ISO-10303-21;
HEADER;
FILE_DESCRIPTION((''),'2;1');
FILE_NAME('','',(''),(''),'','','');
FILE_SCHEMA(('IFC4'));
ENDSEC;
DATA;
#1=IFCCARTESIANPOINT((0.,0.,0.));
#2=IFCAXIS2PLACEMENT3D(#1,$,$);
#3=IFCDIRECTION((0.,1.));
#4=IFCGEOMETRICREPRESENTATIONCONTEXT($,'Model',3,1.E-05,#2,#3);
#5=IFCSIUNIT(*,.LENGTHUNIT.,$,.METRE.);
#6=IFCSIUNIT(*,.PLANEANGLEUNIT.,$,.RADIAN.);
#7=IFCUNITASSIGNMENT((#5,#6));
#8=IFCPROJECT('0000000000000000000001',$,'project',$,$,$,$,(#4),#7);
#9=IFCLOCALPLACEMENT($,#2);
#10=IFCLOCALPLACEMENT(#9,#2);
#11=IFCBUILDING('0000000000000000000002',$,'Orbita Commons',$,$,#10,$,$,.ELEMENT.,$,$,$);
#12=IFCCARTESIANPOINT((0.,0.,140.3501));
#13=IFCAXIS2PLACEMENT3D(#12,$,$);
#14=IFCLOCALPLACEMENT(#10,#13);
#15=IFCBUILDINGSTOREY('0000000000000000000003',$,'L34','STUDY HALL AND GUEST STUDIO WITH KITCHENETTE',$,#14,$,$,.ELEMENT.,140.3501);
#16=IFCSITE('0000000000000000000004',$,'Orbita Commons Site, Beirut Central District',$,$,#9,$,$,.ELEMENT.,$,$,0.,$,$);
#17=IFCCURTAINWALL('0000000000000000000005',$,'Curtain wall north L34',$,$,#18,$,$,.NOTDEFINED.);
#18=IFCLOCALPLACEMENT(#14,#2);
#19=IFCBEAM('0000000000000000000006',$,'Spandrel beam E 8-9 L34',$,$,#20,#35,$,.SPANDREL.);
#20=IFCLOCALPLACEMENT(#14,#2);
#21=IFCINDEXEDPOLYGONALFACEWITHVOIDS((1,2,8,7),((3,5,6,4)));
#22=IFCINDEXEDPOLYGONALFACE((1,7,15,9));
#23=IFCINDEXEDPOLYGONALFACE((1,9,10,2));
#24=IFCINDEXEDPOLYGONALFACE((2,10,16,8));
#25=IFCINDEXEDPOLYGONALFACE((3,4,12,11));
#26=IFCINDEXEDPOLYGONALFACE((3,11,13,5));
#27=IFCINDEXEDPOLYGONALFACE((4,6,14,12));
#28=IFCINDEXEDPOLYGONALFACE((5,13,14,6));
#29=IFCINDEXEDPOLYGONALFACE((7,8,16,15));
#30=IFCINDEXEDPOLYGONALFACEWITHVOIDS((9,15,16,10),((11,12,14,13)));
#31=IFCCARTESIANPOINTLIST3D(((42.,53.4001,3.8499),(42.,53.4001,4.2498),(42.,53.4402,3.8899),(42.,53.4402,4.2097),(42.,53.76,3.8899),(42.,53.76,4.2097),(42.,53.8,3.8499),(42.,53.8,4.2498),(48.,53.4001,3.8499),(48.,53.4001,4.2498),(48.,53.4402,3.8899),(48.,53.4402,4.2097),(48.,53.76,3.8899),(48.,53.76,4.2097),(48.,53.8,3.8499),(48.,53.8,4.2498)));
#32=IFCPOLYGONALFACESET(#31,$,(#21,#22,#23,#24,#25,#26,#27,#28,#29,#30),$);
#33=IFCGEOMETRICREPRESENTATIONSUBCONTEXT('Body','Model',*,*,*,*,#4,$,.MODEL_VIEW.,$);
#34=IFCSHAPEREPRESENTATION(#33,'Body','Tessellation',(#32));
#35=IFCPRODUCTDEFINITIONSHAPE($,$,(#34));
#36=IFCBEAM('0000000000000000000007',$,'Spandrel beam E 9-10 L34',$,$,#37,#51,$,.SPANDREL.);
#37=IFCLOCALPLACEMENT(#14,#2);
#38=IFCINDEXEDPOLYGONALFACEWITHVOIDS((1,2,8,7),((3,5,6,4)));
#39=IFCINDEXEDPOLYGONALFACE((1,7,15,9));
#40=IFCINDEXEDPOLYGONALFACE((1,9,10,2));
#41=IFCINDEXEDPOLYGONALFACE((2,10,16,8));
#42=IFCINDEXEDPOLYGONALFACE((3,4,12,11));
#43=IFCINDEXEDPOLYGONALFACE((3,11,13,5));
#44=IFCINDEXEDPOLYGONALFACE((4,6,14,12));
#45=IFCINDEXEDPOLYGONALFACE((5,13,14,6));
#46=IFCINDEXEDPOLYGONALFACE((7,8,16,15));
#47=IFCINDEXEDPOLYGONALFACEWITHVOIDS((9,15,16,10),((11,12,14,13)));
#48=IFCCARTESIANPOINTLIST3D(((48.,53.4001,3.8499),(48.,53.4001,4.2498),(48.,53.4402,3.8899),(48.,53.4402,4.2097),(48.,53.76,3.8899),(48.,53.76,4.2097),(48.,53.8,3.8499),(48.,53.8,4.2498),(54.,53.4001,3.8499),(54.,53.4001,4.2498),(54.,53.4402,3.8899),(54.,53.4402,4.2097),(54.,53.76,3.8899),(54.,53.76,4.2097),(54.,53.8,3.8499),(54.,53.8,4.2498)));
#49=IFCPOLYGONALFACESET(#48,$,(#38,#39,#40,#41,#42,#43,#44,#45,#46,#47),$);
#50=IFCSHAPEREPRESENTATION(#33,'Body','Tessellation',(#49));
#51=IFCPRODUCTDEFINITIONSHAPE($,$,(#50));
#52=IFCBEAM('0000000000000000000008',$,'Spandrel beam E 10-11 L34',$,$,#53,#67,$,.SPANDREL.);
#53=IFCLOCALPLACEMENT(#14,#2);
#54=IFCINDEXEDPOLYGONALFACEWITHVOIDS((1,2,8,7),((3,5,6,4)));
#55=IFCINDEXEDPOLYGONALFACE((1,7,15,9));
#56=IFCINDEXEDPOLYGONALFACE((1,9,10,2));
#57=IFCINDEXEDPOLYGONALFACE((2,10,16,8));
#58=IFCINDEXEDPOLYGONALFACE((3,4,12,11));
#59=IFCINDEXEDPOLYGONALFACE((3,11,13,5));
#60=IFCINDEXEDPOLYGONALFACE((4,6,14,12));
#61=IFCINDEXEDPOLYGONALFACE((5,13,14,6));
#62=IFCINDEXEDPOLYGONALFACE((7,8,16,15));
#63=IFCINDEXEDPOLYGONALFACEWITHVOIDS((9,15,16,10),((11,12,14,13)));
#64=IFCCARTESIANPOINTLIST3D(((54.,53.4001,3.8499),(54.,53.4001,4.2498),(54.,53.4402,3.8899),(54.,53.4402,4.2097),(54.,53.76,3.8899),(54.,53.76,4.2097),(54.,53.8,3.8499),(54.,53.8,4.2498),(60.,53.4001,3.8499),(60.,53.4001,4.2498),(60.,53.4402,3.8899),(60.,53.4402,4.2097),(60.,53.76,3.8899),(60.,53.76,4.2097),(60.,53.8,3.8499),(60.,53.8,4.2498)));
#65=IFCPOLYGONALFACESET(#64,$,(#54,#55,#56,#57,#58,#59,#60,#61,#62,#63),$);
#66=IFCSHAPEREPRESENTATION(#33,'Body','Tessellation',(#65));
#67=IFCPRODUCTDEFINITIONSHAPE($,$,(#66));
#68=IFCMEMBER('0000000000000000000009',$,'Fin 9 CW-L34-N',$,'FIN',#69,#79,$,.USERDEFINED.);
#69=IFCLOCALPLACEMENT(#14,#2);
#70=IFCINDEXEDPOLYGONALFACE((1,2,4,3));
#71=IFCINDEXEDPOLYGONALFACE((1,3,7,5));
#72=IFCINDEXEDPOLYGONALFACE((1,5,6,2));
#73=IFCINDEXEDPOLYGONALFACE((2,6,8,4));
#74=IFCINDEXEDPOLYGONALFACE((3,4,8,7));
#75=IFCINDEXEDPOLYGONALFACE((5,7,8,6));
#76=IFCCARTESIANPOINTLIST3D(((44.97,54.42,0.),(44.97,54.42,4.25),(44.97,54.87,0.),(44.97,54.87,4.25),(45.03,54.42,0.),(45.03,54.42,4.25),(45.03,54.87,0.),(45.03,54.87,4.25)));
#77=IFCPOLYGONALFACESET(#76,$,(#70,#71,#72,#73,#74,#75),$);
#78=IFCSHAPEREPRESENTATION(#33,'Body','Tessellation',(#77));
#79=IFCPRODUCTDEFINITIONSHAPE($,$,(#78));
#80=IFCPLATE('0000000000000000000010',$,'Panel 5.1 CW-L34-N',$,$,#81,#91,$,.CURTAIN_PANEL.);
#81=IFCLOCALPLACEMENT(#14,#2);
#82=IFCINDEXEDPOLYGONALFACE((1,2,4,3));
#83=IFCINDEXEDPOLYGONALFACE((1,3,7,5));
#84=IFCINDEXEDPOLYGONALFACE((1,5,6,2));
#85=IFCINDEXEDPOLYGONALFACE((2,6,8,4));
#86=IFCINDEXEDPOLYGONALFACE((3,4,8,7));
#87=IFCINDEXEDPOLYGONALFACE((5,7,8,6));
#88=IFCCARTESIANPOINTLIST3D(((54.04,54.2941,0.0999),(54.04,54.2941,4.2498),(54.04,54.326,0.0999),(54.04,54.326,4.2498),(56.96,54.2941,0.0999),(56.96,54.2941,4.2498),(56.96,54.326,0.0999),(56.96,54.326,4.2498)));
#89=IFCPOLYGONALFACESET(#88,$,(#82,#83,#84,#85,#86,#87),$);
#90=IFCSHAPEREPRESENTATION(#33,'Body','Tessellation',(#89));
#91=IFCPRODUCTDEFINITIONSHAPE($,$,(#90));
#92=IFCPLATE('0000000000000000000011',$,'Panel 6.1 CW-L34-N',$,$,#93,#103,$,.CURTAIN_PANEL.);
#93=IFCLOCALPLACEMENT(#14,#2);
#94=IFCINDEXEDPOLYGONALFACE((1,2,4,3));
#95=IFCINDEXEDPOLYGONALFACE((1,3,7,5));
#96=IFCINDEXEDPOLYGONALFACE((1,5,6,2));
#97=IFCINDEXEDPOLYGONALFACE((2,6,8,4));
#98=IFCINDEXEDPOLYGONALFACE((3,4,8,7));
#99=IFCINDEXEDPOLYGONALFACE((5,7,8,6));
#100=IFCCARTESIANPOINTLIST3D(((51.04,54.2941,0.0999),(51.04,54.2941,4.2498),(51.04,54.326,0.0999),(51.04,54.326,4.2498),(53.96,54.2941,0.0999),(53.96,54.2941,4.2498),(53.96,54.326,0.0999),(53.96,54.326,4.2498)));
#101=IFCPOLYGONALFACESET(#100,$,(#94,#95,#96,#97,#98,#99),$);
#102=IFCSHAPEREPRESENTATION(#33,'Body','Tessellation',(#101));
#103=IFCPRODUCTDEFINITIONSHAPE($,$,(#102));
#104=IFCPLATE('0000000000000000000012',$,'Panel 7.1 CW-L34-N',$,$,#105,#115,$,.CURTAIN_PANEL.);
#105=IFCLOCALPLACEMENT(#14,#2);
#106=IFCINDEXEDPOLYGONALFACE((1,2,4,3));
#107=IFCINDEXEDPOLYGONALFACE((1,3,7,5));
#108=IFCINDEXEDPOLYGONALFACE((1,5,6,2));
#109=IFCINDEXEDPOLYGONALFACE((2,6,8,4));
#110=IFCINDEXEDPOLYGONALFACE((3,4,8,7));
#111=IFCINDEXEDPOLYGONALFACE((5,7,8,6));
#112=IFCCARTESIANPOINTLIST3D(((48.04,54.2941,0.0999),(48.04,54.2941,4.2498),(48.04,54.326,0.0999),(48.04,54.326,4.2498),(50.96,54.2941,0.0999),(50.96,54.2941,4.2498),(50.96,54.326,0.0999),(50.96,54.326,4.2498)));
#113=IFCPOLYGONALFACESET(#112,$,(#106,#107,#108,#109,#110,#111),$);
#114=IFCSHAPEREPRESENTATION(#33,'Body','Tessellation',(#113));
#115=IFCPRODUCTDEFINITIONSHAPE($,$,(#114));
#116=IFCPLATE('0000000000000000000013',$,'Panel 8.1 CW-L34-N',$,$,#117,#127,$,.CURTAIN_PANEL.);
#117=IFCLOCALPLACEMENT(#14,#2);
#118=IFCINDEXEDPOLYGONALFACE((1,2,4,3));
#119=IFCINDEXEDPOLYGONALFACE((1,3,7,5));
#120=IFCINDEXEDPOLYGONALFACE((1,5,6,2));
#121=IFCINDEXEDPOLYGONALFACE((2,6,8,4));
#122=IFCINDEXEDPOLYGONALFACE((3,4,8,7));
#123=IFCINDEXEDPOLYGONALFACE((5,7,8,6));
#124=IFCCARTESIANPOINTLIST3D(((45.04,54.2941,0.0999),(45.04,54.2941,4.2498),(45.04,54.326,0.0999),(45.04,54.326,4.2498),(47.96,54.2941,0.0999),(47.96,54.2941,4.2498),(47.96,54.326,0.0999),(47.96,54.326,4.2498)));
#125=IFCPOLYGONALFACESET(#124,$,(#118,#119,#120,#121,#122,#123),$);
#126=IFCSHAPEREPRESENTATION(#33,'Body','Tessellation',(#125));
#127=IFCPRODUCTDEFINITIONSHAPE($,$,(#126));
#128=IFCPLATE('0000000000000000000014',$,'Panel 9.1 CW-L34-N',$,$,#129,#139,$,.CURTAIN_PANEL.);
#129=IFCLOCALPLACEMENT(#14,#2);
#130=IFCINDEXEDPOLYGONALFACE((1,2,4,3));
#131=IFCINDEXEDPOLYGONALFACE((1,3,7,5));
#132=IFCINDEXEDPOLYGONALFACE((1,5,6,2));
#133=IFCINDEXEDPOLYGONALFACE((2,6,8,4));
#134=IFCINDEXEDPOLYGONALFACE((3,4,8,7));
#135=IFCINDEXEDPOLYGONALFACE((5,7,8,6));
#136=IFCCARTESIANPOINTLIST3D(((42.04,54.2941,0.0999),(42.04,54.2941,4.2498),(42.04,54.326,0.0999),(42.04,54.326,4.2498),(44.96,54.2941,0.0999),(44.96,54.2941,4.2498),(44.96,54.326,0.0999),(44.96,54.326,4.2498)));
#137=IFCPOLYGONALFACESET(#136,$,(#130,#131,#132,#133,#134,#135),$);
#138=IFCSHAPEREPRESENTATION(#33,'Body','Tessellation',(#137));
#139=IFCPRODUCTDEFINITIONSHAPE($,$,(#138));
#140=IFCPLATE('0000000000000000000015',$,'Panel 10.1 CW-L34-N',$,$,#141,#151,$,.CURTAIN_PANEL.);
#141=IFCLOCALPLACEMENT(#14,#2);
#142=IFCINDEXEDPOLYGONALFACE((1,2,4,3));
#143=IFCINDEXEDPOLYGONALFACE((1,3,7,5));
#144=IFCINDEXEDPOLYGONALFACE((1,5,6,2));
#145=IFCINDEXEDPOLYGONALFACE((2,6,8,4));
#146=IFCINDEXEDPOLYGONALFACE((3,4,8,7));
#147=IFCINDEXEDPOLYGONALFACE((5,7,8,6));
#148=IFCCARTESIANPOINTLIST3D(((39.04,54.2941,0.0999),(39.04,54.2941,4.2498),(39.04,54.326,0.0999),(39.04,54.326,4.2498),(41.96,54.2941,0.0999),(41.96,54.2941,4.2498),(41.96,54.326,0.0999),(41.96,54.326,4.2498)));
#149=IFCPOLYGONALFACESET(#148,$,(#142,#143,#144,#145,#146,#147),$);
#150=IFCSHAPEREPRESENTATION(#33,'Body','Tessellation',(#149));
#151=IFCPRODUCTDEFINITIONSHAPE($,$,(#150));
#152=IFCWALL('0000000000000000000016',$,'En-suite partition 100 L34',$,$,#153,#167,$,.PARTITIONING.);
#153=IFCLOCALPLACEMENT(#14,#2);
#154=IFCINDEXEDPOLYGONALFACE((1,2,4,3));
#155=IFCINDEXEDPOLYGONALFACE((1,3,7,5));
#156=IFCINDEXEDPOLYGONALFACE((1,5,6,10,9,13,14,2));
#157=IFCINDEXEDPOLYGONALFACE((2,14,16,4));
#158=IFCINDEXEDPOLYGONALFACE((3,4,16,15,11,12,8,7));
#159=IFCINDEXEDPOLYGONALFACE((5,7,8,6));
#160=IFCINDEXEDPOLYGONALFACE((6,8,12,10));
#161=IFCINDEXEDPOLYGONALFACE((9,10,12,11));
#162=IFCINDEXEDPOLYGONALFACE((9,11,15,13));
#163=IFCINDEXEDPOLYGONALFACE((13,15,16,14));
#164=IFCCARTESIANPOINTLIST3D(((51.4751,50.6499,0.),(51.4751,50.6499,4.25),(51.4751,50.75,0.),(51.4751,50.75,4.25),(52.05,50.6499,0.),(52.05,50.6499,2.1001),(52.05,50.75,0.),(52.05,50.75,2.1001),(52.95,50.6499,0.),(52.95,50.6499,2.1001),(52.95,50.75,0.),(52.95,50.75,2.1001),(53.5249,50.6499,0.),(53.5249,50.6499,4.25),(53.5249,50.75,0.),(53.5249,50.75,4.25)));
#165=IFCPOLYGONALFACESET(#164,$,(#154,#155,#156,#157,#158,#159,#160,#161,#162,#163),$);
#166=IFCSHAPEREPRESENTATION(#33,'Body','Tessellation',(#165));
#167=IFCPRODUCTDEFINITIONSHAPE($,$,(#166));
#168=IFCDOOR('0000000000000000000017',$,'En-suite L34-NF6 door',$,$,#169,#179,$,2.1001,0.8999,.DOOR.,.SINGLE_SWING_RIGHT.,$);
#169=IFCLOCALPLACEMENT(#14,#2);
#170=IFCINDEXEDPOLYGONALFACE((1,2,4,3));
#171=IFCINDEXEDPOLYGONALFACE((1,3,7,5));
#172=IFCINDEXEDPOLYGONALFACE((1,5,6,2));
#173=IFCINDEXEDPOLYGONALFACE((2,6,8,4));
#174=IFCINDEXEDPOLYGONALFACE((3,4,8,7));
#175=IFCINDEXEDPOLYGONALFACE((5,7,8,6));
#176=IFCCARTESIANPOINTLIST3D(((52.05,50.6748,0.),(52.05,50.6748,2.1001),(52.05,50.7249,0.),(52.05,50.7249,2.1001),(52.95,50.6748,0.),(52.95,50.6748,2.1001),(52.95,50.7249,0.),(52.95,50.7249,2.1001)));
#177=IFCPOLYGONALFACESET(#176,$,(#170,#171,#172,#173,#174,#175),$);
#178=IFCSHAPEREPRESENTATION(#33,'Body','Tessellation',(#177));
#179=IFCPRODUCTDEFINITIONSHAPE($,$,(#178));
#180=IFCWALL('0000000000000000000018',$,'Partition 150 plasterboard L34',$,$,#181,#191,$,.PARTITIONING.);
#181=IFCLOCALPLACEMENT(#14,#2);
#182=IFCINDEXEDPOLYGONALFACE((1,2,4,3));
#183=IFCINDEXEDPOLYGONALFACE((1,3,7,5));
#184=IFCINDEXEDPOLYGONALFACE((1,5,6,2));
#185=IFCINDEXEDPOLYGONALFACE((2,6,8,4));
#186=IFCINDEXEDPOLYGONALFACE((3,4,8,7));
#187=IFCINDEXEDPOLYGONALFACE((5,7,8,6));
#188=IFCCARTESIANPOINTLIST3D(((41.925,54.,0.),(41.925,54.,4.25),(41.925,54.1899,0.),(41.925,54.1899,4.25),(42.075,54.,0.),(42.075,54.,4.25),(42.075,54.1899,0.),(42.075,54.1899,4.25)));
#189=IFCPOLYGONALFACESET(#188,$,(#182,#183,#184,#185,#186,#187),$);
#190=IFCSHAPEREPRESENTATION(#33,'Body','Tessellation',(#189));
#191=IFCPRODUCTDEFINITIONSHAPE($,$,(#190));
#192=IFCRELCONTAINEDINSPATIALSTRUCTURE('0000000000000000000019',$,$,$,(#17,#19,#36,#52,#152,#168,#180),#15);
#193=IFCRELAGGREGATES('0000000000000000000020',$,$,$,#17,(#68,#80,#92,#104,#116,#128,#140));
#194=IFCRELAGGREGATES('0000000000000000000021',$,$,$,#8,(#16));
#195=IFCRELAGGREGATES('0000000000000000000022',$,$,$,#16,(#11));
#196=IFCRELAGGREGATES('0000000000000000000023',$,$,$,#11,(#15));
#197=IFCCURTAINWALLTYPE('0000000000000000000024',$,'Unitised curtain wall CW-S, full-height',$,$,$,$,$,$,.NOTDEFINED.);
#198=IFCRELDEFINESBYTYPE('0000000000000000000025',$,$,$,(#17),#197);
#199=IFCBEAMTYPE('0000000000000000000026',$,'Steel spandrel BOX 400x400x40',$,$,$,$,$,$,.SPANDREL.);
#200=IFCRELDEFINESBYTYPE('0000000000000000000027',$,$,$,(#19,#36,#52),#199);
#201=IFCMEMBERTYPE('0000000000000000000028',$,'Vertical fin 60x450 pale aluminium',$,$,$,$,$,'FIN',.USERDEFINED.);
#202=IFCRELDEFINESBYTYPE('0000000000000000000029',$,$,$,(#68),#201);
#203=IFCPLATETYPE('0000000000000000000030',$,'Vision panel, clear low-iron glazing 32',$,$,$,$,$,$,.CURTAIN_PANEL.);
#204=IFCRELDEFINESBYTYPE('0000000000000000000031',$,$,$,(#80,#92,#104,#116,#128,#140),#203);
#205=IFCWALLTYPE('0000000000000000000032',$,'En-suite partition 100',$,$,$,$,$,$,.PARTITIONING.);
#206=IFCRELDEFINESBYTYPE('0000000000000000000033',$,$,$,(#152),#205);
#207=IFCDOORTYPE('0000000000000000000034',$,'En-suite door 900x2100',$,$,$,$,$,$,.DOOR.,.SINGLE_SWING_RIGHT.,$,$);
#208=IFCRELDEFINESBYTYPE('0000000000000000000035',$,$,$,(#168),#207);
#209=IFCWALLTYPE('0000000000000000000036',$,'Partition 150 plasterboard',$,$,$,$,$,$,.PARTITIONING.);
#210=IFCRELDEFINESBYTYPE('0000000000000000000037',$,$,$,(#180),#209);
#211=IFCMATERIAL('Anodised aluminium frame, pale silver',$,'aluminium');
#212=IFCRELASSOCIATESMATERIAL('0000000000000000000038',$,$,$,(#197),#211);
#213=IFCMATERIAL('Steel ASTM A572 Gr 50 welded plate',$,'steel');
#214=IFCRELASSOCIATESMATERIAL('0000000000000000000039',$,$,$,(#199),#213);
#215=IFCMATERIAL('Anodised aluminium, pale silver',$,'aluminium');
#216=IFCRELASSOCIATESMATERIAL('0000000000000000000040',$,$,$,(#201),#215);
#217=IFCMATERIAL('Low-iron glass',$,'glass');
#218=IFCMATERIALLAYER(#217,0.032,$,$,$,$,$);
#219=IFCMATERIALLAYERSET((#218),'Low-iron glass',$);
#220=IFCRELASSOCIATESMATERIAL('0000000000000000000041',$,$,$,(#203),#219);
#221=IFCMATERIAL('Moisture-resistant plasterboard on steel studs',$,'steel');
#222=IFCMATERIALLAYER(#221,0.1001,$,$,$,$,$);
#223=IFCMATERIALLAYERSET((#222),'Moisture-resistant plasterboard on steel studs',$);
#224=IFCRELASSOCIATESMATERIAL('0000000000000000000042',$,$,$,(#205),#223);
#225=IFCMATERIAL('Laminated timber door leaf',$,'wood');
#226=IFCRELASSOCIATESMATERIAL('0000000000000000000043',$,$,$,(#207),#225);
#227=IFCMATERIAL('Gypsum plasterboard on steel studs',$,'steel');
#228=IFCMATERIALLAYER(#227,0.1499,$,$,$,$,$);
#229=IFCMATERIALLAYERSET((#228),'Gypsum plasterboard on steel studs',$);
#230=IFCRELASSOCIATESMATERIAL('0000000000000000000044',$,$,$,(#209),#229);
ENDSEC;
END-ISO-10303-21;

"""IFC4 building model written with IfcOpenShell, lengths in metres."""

from ifc_helpers import new_model, si_unit, direction, frame, frame_2d, origin, origin_2d, place, context, subcontext, project, spatial, rectangle, hollow_rectangle, extrude, material, layer, layer_set, material_profile, profile_set, type_object, element, fill, aggregate, save


model = new_model("IFC4")

# Units and contexts
model_context = context("Model", 3, precision=1e-05, world=origin(), true_north=direction((0.0, 1.0)))
body_context = subcontext(model_context, "Body", "Model", "MODEL_VIEW")
ifc_project = project(units=[si_unit("LENGTHUNIT", "METRE"), si_unit("PLANEANGLEUNIT", "RADIAN")], contexts=[model_context])

# Site, building, storey
site_placement = place(None, origin())
site = spatial("IfcSite", under=ifc_project, at=site_placement, Name="Orbita Commons Site, Beirut Central District", CompositionType="ELEMENT", RefElevation=0.0)
building_placement = place(site_placement, origin())
building = spatial("IfcBuilding", under=site, at=building_placement, Name="Orbita Commons", CompositionType="ELEMENT")
storey_placement = place(building_placement, frame((0.0, 0.0, 140.3501)))
storey = spatial("IfcBuildingStorey", under=building, at=storey_placement, Name="L34", Description="STUDY HALL AND GUEST STUDIO WITH KITCHENETTE", CompositionType="ELEMENT", Elevation=140.3501)

# Curtain wall
ifc_material_1 = material(Name="Anodised aluminium frame, pale silver", Category="aluminium")
curtain_wall_type = type_object("IfcCurtainWallType", Name="Unitised curtain wall CW-S, full-height", PredefinedType="NOTDEFINED", material=ifc_material_1)
curtain_wall_placement = place(storey_placement, origin())
curtain_wall = element("IfcCurtainWall", 1, at=curtain_wall_placement, inside=storey, type_object=curtain_wall_type, Name="Curtain wall north L34", PredefinedType="NOTDEFINED")

# Beams
ifc_material_2 = material(Name="Steel ASTM A572 Gr 50 welded plate", Category="steel")
ifc_material_profile_1 = material_profile(ifc_material_2, hollow_rectangle(XDim=0.3999, YDim=0.3999, WallThickness=0.04, at=origin_2d()), Name="BOX 400x400x40")
ifc_profile_set_1 = profile_set([ifc_material_profile_1], Name="Steel ASTM A572 Gr 50 welded plate")
beam_type = type_object("IfcBeamType", Name="Steel spandrel BOX 400x400x40", PredefinedType="SPANDREL", material=ifc_profile_set_1)
for number, where, z_axis, x_axis, name in (
    (2, (42.0, 53.6001, 4.0498), (1.0, 0.0, 0.0), (0.0, 1.0, 0.0), "Spandrel beam E 8-9 L34"),
    (3, (48.0, 53.6001, 4.0498), (1.0, 0.0, 0.0), (0.0, 1.0, 0.0), "Spandrel beam E 9-10 L34"),
    (4, (54.0, 53.6001, 4.0498), (1.0, 0.0, 0.0), (0.0, 1.0, 0.0), "Spandrel beam E 10-11 L34"),
):
    element("IfcBeam", number, at=place(storey_placement, frame(where, z_axis=z_axis, x_axis=x_axis)), inside=storey, type_object=beam_type, Name=name, PredefinedType="SPANDREL", context=body_context, shape_type="SweptSolid", body=[
        extrude(hollow_rectangle(XDim=0.3999, YDim=0.3999, WallThickness=0.04, at=origin_2d()), origin(), (0.0, 0.0, 1.0), 6.0),
    ])

# Member
ifc_material_3 = material(Name="Anodised aluminium, pale silver", Category="aluminium")
ifc_material_profile_2 = material_profile(ifc_material_3, rectangle(XDim=0.0601, YDim=0.45, at=origin_2d()), Name="FIN 60x450")
ifc_profile_set_2 = profile_set([ifc_material_profile_2], Name="Anodised aluminium, pale silver")
member_type_1 = type_object("IfcMemberType", Name="Vertical fin 60x450 pale aluminium", ElementType="FIN", PredefinedType="USERDEFINED", material=ifc_profile_set_2)
member_1_placement = place(storey_placement, frame((45.0, 54.645, 0.0), z_axis=(0.0, 0.0, 1.0), x_axis=(-1.0, 0.0, 0.0)))
member_1 = element("IfcMember", 5, at=member_1_placement, type_object=member_type_1, Name="Fin 9 CW-L34-N", ObjectType="FIN", PredefinedType="USERDEFINED", context=body_context, shape_type="SweptSolid", body=[
    extrude(rectangle(XDim=0.0601, YDim=0.45, at=origin_2d()), origin(), (0.0, 0.0, 1.0), 4.25),
])

# Plates
ifc_material_4 = material(Name="Low-iron glass", Category="glass")
ifc_layer_1 = layer(ifc_material_4, 0.032)
ifc_layer_set_1 = layer_set([ifc_layer_1], Name="Low-iron glass")
plate_type = type_object("IfcPlateType", Name="Vision panel, clear low-iron glazing 32", PredefinedType="CURTAIN_PANEL", material=ifc_layer_set_1)
plate_1_placement = place(storey_placement, frame((55.5, 54.3101, 0.0999), z_axis=(0.0, 0.0, 1.0), x_axis=(-1.0, 0.0, 0.0)))
plate_1 = element("IfcPlate", 6, at=plate_1_placement, type_object=plate_type, Name="Panel 5.1 CW-L34-N", PredefinedType="CURTAIN_PANEL", context=body_context, shape_type="SweptSolid", body=[
    extrude(rectangle(XDim=2.9199, YDim=0.032, at=origin_2d()), origin(), (0.0, 0.0, 1.0), 4.1499),
])
plate_2_placement = place(storey_placement, frame((52.5, 54.3101, 0.0999), z_axis=(0.0, 0.0, 1.0), x_axis=(-1.0, 0.0, 0.0)))
plate_2 = element("IfcPlate", 7, at=plate_2_placement, type_object=plate_type, Name="Panel 6.1 CW-L34-N", PredefinedType="CURTAIN_PANEL", context=body_context, shape_type="SweptSolid", body=[
    extrude(rectangle(XDim=2.9199, YDim=0.032, at=origin_2d()), origin(), (0.0, 0.0, 1.0), 4.1499),
])
plate_3_placement = place(storey_placement, frame((49.5, 54.3101, 0.0999), z_axis=(0.0, 0.0, 1.0), x_axis=(-1.0, 0.0, 0.0)))
plate_3 = element("IfcPlate", 8, at=plate_3_placement, type_object=plate_type, Name="Panel 7.1 CW-L34-N", PredefinedType="CURTAIN_PANEL", context=body_context, shape_type="SweptSolid", body=[
    extrude(rectangle(XDim=2.9199, YDim=0.032, at=origin_2d()), origin(), (0.0, 0.0, 1.0), 4.1499),
])
plate_4_placement = place(storey_placement, frame((46.5, 54.3101, 0.0999), z_axis=(0.0, 0.0, 1.0), x_axis=(-1.0, 0.0, 0.0)))
plate_4 = element("IfcPlate", 9, at=plate_4_placement, type_object=plate_type, Name="Panel 8.1 CW-L34-N", PredefinedType="CURTAIN_PANEL", context=body_context, shape_type="SweptSolid", body=[
    extrude(rectangle(XDim=2.9199, YDim=0.032, at=origin_2d()), origin(), (0.0, 0.0, 1.0), 4.1499),
])
plate_5_placement = place(storey_placement, frame((43.5, 54.3101, 0.0999), z_axis=(0.0, 0.0, 1.0), x_axis=(-1.0, 0.0, 0.0)))
plate_5 = element("IfcPlate", 10, at=plate_5_placement, type_object=plate_type, Name="Panel 9.1 CW-L34-N", PredefinedType="CURTAIN_PANEL", context=body_context, shape_type="SweptSolid", body=[
    extrude(rectangle(XDim=2.9199, YDim=0.032, at=origin_2d()), origin(), (0.0, 0.0, 1.0), 4.1499),
])
plate_6_placement = place(storey_placement, frame((40.5, 54.3101, 0.0999), z_axis=(0.0, 0.0, 1.0), x_axis=(-1.0, 0.0, 0.0)))
plate_6 = element("IfcPlate", 11, at=plate_6_placement, type_object=plate_type, Name="Panel 10.1 CW-L34-N", PredefinedType="CURTAIN_PANEL", context=body_context, shape_type="SweptSolid", body=[
    extrude(rectangle(XDim=2.9199, YDim=0.032, at=origin_2d()), origin(), (0.0, 0.0, 1.0), 4.1499),
])
aggregate(curtain_wall, [member_1, plate_1, plate_2, plate_3, plate_4, plate_5, plate_6])

# Wall, opening, door
ifc_material_5 = material(Name="Moisture-resistant plasterboard on steel studs", Category="steel")
ifc_layer_2 = layer(ifc_material_5, 0.1001)
ifc_layer_set_2 = layer_set([ifc_layer_2], Name="Moisture-resistant plasterboard on steel studs")
wall_type_1 = type_object("IfcWallType", Name="En-suite partition 100", PredefinedType="PARTITIONING", material=ifc_layer_set_2)
wall_placement = place(storey_placement, frame((51.4751, 50.7, 0.0), z_axis=(0.0, 0.0, 1.0), x_axis=(1.0, 0.0, 0.0)))
wall = element("IfcWall", 12, at=wall_placement, inside=storey, type_object=wall_type_1, Name="En-suite partition 100 L34", PredefinedType="PARTITIONING", context=body_context, shape_type="SweptSolid", body=[
    extrude(rectangle(XDim=2.0498, YDim=0.1001, at=frame_2d((1.0249, 0.0))), origin(), (0.0, 0.0, 1.0), 4.25),
])
opening_placement = place(wall_placement, frame((0.575, 0.0, 0.0)))
opening = element("IfcOpeningElement", 13, at=opening_placement, cuts=wall, PredefinedType="OPENING", context=body_context, shape_type="SweptSolid", body=[
    extrude(rectangle(XDim=0.8999, YDim=2.1001, at=frame_2d((0.45, 1.05))), frame((0.0, 0.0601, 0.0), z_axis=(0.0, -1.0, 0.0), x_axis=(1.0, 0.0, 0.0)), (0.0, 0.0, 1.0), 0.1201),
])
ifc_material_6 = material(Name="Laminated timber door leaf", Category="wood")
door_type = type_object("IfcDoorType", Name="En-suite door 900x2100", OperationType="SINGLE_SWING_RIGHT", PredefinedType="DOOR", material=ifc_material_6)
door_placement = place(opening_placement, origin())
door = element("IfcDoor", 14, at=door_placement, inside=storey, type_object=door_type, Name="En-suite L34-NF6 door", OperationType="SINGLE_SWING_RIGHT", OverallHeight=2.1001, OverallWidth=0.8999, PredefinedType="DOOR", context=body_context, shape_type="SweptSolid", body=[
    extrude(rectangle(XDim=0.8999, YDim=2.1001, at=frame_2d((0.45, 1.05))), frame((0.0, 0.0249, 0.0), z_axis=(0.0, -1.0, 0.0), x_axis=(1.0, 0.0, 0.0)), (0.0, 0.0, 1.0), 0.05),
])
fill(opening, door)

# Wall
ifc_material_7 = material(Name="Gypsum plasterboard on steel studs", Category="steel")
ifc_layer_3 = layer(ifc_material_7, 0.1499)
ifc_layer_set_3 = layer_set([ifc_layer_3], Name="Gypsum plasterboard on steel studs")
wall_type_2 = type_object("IfcWallType", Name="Partition 150 plasterboard", PredefinedType="PARTITIONING", material=ifc_layer_set_3)
for number, where, z_axis, x_axis, name in (
    (15, (42.0, 54.0, 0.0), (0.0, 0.0, 1.0), (0.0, 1.0, 0.0), "Partition 150 plasterboard L34"),
):
    element("IfcWall", number, at=place(storey_placement, frame(where, z_axis=z_axis, x_axis=x_axis)), inside=storey, type_object=wall_type_2, Name=name, PredefinedType="PARTITIONING", context=body_context, shape_type="SweptSolid", body=[
        extrude(rectangle(XDim=0.1899, YDim=0.1499, at=frame_2d((0.095, 0.0))), origin(), (0.0, 0.0, 1.0), 4.25),
    ])

save(model, "model.ifc")
